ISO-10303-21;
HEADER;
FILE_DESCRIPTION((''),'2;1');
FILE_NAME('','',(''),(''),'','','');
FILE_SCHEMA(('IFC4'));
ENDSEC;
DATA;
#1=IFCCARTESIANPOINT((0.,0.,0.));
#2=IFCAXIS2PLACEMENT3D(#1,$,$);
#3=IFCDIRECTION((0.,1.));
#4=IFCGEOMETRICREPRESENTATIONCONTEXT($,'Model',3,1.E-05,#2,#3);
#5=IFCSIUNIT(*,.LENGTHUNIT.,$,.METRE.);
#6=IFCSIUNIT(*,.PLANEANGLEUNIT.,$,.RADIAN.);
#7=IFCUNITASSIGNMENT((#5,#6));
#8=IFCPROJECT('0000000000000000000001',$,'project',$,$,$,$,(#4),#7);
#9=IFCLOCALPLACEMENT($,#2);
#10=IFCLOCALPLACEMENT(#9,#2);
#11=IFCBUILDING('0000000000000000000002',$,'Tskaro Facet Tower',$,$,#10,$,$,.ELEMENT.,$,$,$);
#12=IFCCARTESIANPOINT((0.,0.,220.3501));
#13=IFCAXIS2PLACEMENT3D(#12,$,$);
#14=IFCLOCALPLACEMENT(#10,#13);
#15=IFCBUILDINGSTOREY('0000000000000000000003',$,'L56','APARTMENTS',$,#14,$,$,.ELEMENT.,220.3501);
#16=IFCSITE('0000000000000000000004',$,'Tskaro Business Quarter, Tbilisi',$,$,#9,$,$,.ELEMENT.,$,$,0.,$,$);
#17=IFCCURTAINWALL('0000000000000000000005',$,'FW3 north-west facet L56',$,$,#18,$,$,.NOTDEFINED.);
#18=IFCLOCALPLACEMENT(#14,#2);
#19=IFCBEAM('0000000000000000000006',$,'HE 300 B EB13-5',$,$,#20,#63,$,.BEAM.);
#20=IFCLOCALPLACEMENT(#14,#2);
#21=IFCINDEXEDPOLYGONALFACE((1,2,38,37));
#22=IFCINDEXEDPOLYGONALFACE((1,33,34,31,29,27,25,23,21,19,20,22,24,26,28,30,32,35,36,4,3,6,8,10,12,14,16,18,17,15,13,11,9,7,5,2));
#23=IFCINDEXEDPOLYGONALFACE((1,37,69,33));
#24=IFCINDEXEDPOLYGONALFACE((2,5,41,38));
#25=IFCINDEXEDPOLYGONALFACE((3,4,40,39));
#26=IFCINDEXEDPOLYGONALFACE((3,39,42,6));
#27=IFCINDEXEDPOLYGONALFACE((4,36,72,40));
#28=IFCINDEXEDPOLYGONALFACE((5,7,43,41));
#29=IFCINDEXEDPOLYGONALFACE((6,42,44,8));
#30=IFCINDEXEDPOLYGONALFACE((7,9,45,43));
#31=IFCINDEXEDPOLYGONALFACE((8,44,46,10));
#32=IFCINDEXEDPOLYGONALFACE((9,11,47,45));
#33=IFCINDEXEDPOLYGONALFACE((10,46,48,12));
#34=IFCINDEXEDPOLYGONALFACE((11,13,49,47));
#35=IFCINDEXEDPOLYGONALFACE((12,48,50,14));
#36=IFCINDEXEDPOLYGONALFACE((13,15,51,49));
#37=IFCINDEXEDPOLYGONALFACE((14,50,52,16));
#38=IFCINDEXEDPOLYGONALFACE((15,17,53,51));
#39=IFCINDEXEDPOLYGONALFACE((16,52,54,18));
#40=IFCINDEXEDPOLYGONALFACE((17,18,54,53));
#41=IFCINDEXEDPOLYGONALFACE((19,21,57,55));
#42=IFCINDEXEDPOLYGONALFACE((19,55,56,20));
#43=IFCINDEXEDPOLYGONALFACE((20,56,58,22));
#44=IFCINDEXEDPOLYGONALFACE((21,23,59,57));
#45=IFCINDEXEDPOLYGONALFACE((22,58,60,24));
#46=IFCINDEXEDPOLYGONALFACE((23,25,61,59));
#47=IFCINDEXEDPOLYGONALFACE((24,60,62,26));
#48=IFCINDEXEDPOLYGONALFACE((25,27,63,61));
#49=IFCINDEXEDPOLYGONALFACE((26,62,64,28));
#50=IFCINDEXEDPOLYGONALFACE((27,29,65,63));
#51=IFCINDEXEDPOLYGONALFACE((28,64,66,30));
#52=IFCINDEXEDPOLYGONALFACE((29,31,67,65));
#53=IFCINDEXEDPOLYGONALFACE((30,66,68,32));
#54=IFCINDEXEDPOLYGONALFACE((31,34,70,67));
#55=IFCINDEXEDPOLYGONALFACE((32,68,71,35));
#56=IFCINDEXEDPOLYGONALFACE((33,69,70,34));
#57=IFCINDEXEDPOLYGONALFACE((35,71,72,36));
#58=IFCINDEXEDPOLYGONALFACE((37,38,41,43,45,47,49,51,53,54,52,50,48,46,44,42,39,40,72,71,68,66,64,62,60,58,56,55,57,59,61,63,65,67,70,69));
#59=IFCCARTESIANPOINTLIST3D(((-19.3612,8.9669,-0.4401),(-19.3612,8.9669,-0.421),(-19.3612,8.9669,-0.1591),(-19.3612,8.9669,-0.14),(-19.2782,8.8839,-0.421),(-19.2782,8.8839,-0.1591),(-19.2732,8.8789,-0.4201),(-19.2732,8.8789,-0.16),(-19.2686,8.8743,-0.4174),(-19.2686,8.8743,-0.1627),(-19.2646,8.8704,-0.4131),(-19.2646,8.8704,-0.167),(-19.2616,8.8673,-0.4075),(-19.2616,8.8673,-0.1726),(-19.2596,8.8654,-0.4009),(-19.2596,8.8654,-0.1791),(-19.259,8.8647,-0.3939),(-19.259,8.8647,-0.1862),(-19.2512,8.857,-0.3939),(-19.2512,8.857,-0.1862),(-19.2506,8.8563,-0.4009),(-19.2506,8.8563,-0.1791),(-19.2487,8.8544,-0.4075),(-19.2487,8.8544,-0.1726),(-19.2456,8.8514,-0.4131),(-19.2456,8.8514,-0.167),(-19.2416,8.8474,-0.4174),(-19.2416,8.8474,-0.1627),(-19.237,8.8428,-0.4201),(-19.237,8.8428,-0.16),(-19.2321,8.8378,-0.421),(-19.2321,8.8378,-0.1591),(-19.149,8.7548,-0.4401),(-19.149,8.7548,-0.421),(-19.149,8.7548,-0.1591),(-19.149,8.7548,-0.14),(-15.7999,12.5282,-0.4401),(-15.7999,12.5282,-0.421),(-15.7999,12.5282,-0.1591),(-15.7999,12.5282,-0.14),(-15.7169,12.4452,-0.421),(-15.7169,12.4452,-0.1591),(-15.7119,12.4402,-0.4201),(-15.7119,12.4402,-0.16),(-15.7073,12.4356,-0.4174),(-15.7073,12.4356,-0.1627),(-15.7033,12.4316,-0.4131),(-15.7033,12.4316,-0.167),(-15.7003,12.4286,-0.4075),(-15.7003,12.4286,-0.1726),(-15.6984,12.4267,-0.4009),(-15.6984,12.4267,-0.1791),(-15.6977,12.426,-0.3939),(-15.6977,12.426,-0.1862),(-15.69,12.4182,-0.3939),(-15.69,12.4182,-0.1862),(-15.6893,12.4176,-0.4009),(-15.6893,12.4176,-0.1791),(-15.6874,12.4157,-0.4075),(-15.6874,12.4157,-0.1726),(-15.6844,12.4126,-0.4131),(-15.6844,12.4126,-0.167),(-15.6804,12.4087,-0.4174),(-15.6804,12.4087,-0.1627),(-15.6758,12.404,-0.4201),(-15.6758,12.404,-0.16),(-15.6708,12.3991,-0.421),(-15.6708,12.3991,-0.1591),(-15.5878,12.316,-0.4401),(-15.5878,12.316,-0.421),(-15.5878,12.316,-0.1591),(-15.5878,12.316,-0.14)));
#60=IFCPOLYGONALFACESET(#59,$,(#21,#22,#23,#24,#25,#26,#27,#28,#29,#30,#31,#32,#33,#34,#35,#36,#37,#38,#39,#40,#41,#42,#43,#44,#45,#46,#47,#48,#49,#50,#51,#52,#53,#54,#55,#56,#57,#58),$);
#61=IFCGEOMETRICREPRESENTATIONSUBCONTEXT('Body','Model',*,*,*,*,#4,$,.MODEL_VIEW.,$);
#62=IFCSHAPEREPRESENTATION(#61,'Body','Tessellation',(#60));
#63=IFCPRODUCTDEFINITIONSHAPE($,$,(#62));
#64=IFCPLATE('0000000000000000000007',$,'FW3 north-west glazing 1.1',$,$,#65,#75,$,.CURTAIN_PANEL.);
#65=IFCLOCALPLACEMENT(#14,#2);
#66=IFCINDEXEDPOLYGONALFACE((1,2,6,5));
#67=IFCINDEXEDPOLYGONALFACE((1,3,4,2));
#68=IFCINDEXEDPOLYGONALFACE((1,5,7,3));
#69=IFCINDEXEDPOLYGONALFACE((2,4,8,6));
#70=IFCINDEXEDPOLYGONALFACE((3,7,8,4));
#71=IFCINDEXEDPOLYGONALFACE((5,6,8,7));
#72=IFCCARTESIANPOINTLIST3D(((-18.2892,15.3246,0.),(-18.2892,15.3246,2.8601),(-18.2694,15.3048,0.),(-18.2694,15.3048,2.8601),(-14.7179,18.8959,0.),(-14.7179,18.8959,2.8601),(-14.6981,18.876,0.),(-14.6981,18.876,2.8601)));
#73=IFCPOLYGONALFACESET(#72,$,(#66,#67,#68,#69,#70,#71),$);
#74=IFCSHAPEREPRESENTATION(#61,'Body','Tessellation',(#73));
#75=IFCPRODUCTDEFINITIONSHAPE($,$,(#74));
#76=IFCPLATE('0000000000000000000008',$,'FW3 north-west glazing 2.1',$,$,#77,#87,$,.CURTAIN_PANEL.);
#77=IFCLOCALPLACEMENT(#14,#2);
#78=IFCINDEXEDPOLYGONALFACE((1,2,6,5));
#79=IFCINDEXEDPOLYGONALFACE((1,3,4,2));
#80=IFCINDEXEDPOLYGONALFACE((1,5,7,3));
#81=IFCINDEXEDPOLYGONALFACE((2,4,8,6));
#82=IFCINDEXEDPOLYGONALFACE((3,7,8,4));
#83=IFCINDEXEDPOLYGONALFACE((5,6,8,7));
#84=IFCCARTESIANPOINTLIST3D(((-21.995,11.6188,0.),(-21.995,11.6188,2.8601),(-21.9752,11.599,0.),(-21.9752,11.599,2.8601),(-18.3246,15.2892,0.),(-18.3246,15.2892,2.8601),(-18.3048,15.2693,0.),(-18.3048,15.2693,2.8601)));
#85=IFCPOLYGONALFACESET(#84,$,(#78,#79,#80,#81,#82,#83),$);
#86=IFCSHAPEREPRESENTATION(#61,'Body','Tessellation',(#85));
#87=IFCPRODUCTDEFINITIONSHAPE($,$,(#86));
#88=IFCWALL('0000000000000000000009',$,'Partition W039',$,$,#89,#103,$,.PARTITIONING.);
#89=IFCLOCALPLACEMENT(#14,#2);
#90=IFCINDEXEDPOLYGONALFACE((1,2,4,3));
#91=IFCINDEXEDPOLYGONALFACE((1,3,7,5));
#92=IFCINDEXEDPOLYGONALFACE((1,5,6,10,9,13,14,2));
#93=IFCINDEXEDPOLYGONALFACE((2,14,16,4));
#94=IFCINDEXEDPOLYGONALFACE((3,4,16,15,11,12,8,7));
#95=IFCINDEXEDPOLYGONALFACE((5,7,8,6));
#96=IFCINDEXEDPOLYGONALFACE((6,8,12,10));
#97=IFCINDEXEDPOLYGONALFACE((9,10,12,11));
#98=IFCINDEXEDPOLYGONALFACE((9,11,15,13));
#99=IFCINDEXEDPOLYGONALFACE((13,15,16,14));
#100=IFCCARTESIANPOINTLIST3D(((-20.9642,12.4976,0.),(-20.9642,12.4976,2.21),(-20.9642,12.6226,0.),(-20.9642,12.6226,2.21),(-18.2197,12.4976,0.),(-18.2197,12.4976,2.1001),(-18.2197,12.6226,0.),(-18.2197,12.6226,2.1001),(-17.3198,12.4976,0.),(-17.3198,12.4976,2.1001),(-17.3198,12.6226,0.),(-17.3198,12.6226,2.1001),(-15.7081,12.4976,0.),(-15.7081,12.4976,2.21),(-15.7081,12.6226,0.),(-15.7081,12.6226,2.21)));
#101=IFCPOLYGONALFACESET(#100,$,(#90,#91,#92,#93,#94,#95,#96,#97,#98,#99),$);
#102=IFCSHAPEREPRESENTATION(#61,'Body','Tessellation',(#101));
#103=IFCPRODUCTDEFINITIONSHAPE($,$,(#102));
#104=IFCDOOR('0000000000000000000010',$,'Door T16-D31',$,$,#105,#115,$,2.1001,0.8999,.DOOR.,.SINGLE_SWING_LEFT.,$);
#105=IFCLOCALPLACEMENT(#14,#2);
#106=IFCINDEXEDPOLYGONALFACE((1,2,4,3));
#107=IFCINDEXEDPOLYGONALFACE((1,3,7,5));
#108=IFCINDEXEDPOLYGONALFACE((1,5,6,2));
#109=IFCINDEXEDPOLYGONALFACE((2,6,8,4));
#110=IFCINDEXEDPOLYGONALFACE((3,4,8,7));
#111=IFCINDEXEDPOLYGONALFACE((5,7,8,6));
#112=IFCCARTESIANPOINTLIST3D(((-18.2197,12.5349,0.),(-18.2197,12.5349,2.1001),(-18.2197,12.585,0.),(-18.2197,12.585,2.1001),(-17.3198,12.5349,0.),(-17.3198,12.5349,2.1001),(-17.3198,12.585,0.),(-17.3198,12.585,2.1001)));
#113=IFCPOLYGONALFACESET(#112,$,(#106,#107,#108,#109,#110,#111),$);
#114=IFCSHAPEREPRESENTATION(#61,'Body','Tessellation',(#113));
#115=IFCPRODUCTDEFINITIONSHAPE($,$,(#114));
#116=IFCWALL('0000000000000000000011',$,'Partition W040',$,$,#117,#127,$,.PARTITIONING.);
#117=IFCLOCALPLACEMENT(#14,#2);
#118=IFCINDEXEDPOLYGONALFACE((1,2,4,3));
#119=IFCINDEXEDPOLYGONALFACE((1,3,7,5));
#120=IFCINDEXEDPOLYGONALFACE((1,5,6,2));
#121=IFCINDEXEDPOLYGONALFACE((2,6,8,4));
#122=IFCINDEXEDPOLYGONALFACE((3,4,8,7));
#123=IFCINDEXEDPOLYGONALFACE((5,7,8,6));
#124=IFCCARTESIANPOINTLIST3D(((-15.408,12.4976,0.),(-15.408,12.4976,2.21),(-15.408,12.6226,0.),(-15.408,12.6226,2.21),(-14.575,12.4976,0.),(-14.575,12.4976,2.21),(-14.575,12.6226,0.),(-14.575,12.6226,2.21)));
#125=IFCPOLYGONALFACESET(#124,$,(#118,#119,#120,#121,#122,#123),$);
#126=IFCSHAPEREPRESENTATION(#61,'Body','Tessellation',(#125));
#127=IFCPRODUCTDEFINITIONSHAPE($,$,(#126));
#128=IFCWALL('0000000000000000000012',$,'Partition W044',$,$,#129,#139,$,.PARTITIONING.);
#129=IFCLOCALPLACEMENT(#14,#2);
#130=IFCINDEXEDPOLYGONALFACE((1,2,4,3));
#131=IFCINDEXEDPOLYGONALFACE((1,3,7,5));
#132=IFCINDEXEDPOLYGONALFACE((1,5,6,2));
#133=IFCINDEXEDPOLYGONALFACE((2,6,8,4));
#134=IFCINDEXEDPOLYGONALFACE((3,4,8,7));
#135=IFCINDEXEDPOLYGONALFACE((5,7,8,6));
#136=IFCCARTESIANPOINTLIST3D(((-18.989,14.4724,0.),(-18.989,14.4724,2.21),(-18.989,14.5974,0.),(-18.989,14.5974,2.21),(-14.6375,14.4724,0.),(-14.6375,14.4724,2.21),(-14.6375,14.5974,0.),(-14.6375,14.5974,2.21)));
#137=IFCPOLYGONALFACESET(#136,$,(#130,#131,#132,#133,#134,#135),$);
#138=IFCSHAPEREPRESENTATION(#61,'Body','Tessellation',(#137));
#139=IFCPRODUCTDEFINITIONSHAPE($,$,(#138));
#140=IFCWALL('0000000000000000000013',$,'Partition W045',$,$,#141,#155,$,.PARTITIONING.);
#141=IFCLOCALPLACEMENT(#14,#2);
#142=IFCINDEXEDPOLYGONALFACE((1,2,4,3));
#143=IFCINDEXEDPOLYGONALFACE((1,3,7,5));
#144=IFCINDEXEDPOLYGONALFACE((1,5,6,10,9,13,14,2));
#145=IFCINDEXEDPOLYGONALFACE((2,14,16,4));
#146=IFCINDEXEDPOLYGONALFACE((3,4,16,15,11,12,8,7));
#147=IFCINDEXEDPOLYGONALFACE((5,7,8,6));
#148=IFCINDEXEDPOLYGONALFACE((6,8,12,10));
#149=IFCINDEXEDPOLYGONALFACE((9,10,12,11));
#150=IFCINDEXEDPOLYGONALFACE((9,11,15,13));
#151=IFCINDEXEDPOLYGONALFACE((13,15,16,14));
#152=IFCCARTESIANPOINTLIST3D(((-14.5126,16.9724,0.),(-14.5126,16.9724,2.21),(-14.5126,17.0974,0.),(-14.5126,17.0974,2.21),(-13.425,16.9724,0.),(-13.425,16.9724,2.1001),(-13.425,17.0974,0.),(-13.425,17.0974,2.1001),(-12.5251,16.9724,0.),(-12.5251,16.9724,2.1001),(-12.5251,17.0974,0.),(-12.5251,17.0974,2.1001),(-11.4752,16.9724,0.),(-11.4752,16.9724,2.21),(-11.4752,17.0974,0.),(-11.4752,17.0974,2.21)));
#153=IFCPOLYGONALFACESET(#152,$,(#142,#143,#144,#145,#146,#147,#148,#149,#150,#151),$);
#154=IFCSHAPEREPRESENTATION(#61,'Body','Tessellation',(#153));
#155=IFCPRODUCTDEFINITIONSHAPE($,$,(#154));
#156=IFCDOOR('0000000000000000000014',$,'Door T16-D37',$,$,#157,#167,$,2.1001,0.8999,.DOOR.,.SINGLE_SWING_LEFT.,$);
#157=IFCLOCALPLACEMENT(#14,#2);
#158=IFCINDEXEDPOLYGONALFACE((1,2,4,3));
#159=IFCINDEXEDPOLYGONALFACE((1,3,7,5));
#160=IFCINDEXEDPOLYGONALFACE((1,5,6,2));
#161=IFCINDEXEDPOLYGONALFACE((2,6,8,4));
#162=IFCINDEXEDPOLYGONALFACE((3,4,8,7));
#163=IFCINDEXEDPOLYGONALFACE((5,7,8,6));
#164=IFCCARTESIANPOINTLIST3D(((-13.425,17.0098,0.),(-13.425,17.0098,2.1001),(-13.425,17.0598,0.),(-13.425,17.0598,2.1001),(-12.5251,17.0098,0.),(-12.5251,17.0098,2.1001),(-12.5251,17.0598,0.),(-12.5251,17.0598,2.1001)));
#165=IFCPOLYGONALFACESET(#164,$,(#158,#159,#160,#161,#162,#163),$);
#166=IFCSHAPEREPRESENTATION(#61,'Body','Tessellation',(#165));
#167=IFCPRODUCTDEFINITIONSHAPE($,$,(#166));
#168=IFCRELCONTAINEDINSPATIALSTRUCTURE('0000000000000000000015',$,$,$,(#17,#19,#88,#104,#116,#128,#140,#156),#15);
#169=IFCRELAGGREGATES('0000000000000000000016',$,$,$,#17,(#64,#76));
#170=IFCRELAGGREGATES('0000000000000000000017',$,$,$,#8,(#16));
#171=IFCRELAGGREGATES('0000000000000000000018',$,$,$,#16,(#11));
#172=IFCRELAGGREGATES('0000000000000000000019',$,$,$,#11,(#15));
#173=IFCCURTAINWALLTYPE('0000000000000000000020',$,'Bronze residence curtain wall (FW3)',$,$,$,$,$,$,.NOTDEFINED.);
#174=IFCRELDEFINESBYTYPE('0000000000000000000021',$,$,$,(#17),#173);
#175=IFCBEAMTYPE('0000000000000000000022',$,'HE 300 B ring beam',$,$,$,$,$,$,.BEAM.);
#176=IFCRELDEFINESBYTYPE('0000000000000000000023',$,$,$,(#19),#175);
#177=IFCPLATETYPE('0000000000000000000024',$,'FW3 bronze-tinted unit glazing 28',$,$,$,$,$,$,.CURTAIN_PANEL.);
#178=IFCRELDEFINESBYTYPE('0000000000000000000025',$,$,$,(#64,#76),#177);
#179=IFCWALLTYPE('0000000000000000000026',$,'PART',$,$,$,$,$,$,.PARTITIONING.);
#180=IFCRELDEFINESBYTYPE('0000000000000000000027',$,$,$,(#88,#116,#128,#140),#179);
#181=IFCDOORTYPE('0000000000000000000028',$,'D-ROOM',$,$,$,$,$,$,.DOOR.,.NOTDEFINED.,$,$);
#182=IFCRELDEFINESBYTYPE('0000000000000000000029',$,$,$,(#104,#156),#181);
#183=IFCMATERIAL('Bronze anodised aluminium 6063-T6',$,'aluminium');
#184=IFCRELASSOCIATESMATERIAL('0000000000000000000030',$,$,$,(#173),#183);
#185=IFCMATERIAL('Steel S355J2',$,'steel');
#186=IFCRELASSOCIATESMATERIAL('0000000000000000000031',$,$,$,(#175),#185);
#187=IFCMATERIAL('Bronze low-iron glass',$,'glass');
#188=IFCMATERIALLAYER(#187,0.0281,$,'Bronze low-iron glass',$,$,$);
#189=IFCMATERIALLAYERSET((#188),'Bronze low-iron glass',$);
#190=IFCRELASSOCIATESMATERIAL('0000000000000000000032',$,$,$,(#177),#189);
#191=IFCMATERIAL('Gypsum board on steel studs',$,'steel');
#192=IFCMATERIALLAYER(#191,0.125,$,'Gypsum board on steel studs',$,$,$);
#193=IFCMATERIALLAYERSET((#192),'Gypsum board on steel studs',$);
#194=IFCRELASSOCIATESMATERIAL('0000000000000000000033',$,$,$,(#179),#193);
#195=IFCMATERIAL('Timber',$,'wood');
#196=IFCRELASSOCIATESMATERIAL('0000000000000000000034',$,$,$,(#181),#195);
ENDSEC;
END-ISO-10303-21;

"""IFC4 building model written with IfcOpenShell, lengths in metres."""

from ifc_helpers import new_model, si_unit, direction, frame, frame_2d, origin, origin_2d, place, context, subcontext, project, spatial, rectangle, i_section, extrude, material, layer, layer_set, material_profile, profile_set, type_object, element, fill, aggregate, save


model = new_model("IFC4")

# Units and contexts
model_context = context("Model", 3, precision=1e-05, world=origin(), true_north=direction((0.0, 1.0)))
body_context = subcontext(model_context, "Body", "Model", "MODEL_VIEW")
ifc_project = project(units=[si_unit("LENGTHUNIT", "METRE"), si_unit("PLANEANGLEUNIT", "RADIAN")], contexts=[model_context])

# Site, building, storey
site_placement = place(None, origin())
site = spatial("IfcSite", under=ifc_project, at=site_placement, Name="Tskaro Business Quarter, Tbilisi", CompositionType="ELEMENT", RefElevation=0.0)
building_placement = place(site_placement, origin())
building = spatial("IfcBuilding", under=site, at=building_placement, Name="Tskaro Facet Tower", CompositionType="ELEMENT")
storey_placement = place(building_placement, frame((0.0, 0.0, 220.3501)))
storey = spatial("IfcBuildingStorey", under=building, at=storey_placement, Name="L56", Description="APARTMENTS", CompositionType="ELEMENT", Elevation=220.3501)

# Shared definitions
ifc_material_1 = material(Name="Steel S355J2", Category="steel")

# Curtain wall
ifc_material_2 = material(Name="Bronze anodised aluminium 6063-T6", Category="aluminium")
curtain_wall_type = type_object("IfcCurtainWallType", Name="Bronze residence curtain wall (FW3)", PredefinedType="NOTDEFINED", material=ifc_material_2)
curtain_wall_1_placement = place(storey_placement, origin())
curtain_wall_1 = element("IfcCurtainWall", 1, at=curtain_wall_1_placement, inside=storey, type_object=curtain_wall_type, Name="FW3 north-west facet L56", PredefinedType="NOTDEFINED")

# Beam
ifc_material_profile_1 = material_profile(ifc_material_1, i_section(OverallWidth=0.3, OverallDepth=0.3, WebThickness=0.011, FlangeThickness=0.019, FilletRadius=0.0271, at=origin_2d()), Name="HE 300 B")
ifc_profile_set_1 = profile_set([ifc_material_profile_1], Name="Steel S355J2")
beam_type = type_object("IfcBeamType", Name="HE 300 B ring beam", PredefinedType="BEAM", material=ifc_profile_set_1)
beam_placement = place(storey_placement, frame((-15.6938, 12.4221, -0.29), z_axis=(-0.707107, -0.707107, 0.0), x_axis=(0.707107, -0.707107, 0.0)))
element("IfcBeam", 2, at=beam_placement, inside=storey, type_object=beam_type, Name="HE 300 B EB13-5", PredefinedType="BEAM", context=body_context, shape_type="SweptSolid", body=[
    extrude(i_section(OverallWidth=0.3, OverallDepth=0.3, WebThickness=0.011, FlangeThickness=0.019, FilletRadius=0.0271, at=origin_2d()), origin(), (0.0, 0.0, 1.0), 5.0364),
])

# Plates
ifc_material_3 = material(Name="Bronze low-iron glass", Category="glass")
ifc_layer_1 = layer(ifc_material_3, 0.0281, Name="Bronze low-iron glass")
ifc_layer_set_1 = layer_set([ifc_layer_1], Name="Bronze low-iron glass")
plate_type = type_object("IfcPlateType", Name="FW3 bronze-tinted unit glazing 28", PredefinedType="CURTAIN_PANEL", material=ifc_layer_set_1)
plate_1_placement = place(storey_placement, frame((-16.4937, 17.1003, 0.0), z_axis=(0.0, 0.0, 1.0), x_axis=(-0.707107, -0.707107, 0.0)))
plate_1 = element("IfcPlate", 3, at=plate_1_placement, type_object=plate_type, Name="FW3 north-west glazing 1.1", PredefinedType="CURTAIN_PANEL", context=body_context, shape_type="SweptSolid", body=[
    extrude(rectangle(XDim=5.0505, YDim=0.0281, at=origin_2d()), origin(), (0.0, 0.0, 1.0), 2.8601),
])
plate_2_placement = place(storey_placement, frame((-20.1499, 13.4441, 0.0), z_axis=(0.0, 0.0, 1.0), x_axis=(-0.707107, -0.707107, 0.0)))
plate_2 = element("IfcPlate", 4, at=plate_2_placement, type_object=plate_type, Name="FW3 north-west glazing 2.1", PredefinedType="CURTAIN_PANEL", context=body_context, shape_type="SweptSolid", body=[
    extrude(rectangle(XDim=5.1907, YDim=0.0281, at=origin_2d()), origin(), (0.0, 0.0, 1.0), 2.8601),
])
aggregate(curtain_wall_1, [plate_1, plate_2])

# Wall, opening, door
ifc_material_4 = material(Name="Gypsum board on steel studs", Category="steel")
ifc_layer_2 = layer(ifc_material_4, 0.125, Name="Gypsum board on steel studs")
ifc_layer_set_2 = layer_set([ifc_layer_2], Name="Gypsum board on steel studs")
wall_type = type_object("IfcWallType", Name="PART", PredefinedType="PARTITIONING", material=ifc_layer_set_2)
wall_1_placement = place(storey_placement, frame((-20.9641, 12.5601, 0.0), z_axis=(0.0, 0.0, 1.0), x_axis=(1.0, 0.0, 0.0)))
wall_1 = element("IfcWall", 5, at=wall_1_placement, inside=storey, type_object=wall_type, Name="Partition W039", PredefinedType="PARTITIONING", context=body_context, shape_type="SweptSolid", body=[
    extrude(rectangle(XDim=5.2561, YDim=0.125, at=frame_2d((2.6279, 0.0))), origin(), (0.0, 0.0, 1.0), 2.21),
])
opening_1_placement = place(wall_1_placement, frame((2.7444, 0.0, 0.0)))
opening_1 = element("IfcOpeningElement", 6, at=opening_1_placement, cuts=wall_1, PredefinedType="OPENING", context=body_context, shape_type="SweptSolid", body=[
    extrude(rectangle(XDim=0.8999, YDim=2.1001, at=frame_2d((0.45, 1.05))), frame((0.0, 0.0725, 0.0), z_axis=(0.0, -1.0, 0.0), x_axis=(1.0, 0.0, 0.0)), (0.0, 0.0, 1.0), 0.145),
])
ifc_material_5 = material(Name="Timber", Category="wood")
door_type = type_object("IfcDoorType", Name="D-ROOM", OperationType="NOTDEFINED", PredefinedType="DOOR", material=ifc_material_5)
door_1_placement = place(opening_1_placement, origin())
door_1 = element("IfcDoor", 7, at=door_1_placement, inside=storey, type_object=door_type, Name="Door T16-D31", OperationType="SINGLE_SWING_LEFT", OverallHeight=2.1001, OverallWidth=0.8999, PredefinedType="DOOR", context=body_context, shape_type="SweptSolid", body=[
    extrude(rectangle(XDim=0.8999, YDim=2.1001, at=frame_2d((0.45, 1.05))), frame((0.0, 0.0249, 0.0), z_axis=(0.0, -1.0, 0.0), x_axis=(1.0, 0.0, 0.0)), (0.0, 0.0, 1.0), 0.05),
])
fill(opening_1, door_1)

# Walls
wall_2_placement = place(storey_placement, frame((-15.408, 12.5601, 0.0), z_axis=(0.0, 0.0, 1.0), x_axis=(1.0, 0.0, 0.0)))
element("IfcWall", 8, at=wall_2_placement, inside=storey, type_object=wall_type, Name="Partition W040", PredefinedType="PARTITIONING", context=body_context, shape_type="SweptSolid", body=[
    extrude(rectangle(XDim=0.833, YDim=0.125, at=frame_2d((0.4165, 0.0))), origin(), (0.0, 0.0, 1.0), 2.21),
])
wall_3_placement = place(storey_placement, frame((-18.989, 14.5349, 0.0), z_axis=(0.0, 0.0, 1.0), x_axis=(1.0, 0.0, 0.0)))
element("IfcWall", 9, at=wall_3_placement, inside=storey, type_object=wall_type, Name="Partition W044", PredefinedType="PARTITIONING", context=body_context, shape_type="SweptSolid", body=[
    extrude(rectangle(XDim=4.3516, YDim=0.125, at=frame_2d((2.1758, 0.0))), origin(), (0.0, 0.0, 1.0), 2.21),
])

# Wall, opening, door
wall_4_placement = place(storey_placement, frame((-14.5125, 17.0349, 0.0), z_axis=(0.0, 0.0, 1.0), x_axis=(1.0, 0.0, 0.0)))
wall_4 = element("IfcWall", 10, at=wall_4_placement, inside=storey, type_object=wall_type, Name="Partition W045", PredefinedType="PARTITIONING", context=body_context, shape_type="SweptSolid", body=[
    extrude(rectangle(XDim=3.0374, YDim=0.125, at=frame_2d((1.5186, 0.0))), origin(), (0.0, 0.0, 1.0), 2.21),
])
opening_2_placement = place(wall_4_placement, frame((1.0874, 0.0, 0.0)))
opening_2 = element("IfcOpeningElement", 11, at=opening_2_placement, cuts=wall_4, PredefinedType="OPENING", context=body_context, shape_type="SweptSolid", body=[
    extrude(rectangle(XDim=0.8999, YDim=2.1001, at=frame_2d((0.45, 1.05))), frame((0.0, 0.0725, 0.0), z_axis=(0.0, -1.0, 0.0), x_axis=(1.0, 0.0, 0.0)), (0.0, 0.0, 1.0), 0.145),
])
door_2_placement = place(opening_2_placement, origin())
door_2 = element("IfcDoor", 12, at=door_2_placement, inside=storey, type_object=door_type, Name="Door T16-D37", OperationType="SINGLE_SWING_LEFT", OverallHeight=2.1001, OverallWidth=0.8999, PredefinedType="DOOR", context=body_context, shape_type="SweptSolid", body=[
    extrude(rectangle(XDim=0.8999, YDim=2.1001, at=frame_2d((0.45, 1.05))), frame((0.0, 0.0249, 0.0), z_axis=(0.0, -1.0, 0.0), x_axis=(1.0, 0.0, 0.0)), (0.0, 0.0, 1.0), 0.05),
])
fill(opening_2, door_2)

save(model, "model.ifc")
